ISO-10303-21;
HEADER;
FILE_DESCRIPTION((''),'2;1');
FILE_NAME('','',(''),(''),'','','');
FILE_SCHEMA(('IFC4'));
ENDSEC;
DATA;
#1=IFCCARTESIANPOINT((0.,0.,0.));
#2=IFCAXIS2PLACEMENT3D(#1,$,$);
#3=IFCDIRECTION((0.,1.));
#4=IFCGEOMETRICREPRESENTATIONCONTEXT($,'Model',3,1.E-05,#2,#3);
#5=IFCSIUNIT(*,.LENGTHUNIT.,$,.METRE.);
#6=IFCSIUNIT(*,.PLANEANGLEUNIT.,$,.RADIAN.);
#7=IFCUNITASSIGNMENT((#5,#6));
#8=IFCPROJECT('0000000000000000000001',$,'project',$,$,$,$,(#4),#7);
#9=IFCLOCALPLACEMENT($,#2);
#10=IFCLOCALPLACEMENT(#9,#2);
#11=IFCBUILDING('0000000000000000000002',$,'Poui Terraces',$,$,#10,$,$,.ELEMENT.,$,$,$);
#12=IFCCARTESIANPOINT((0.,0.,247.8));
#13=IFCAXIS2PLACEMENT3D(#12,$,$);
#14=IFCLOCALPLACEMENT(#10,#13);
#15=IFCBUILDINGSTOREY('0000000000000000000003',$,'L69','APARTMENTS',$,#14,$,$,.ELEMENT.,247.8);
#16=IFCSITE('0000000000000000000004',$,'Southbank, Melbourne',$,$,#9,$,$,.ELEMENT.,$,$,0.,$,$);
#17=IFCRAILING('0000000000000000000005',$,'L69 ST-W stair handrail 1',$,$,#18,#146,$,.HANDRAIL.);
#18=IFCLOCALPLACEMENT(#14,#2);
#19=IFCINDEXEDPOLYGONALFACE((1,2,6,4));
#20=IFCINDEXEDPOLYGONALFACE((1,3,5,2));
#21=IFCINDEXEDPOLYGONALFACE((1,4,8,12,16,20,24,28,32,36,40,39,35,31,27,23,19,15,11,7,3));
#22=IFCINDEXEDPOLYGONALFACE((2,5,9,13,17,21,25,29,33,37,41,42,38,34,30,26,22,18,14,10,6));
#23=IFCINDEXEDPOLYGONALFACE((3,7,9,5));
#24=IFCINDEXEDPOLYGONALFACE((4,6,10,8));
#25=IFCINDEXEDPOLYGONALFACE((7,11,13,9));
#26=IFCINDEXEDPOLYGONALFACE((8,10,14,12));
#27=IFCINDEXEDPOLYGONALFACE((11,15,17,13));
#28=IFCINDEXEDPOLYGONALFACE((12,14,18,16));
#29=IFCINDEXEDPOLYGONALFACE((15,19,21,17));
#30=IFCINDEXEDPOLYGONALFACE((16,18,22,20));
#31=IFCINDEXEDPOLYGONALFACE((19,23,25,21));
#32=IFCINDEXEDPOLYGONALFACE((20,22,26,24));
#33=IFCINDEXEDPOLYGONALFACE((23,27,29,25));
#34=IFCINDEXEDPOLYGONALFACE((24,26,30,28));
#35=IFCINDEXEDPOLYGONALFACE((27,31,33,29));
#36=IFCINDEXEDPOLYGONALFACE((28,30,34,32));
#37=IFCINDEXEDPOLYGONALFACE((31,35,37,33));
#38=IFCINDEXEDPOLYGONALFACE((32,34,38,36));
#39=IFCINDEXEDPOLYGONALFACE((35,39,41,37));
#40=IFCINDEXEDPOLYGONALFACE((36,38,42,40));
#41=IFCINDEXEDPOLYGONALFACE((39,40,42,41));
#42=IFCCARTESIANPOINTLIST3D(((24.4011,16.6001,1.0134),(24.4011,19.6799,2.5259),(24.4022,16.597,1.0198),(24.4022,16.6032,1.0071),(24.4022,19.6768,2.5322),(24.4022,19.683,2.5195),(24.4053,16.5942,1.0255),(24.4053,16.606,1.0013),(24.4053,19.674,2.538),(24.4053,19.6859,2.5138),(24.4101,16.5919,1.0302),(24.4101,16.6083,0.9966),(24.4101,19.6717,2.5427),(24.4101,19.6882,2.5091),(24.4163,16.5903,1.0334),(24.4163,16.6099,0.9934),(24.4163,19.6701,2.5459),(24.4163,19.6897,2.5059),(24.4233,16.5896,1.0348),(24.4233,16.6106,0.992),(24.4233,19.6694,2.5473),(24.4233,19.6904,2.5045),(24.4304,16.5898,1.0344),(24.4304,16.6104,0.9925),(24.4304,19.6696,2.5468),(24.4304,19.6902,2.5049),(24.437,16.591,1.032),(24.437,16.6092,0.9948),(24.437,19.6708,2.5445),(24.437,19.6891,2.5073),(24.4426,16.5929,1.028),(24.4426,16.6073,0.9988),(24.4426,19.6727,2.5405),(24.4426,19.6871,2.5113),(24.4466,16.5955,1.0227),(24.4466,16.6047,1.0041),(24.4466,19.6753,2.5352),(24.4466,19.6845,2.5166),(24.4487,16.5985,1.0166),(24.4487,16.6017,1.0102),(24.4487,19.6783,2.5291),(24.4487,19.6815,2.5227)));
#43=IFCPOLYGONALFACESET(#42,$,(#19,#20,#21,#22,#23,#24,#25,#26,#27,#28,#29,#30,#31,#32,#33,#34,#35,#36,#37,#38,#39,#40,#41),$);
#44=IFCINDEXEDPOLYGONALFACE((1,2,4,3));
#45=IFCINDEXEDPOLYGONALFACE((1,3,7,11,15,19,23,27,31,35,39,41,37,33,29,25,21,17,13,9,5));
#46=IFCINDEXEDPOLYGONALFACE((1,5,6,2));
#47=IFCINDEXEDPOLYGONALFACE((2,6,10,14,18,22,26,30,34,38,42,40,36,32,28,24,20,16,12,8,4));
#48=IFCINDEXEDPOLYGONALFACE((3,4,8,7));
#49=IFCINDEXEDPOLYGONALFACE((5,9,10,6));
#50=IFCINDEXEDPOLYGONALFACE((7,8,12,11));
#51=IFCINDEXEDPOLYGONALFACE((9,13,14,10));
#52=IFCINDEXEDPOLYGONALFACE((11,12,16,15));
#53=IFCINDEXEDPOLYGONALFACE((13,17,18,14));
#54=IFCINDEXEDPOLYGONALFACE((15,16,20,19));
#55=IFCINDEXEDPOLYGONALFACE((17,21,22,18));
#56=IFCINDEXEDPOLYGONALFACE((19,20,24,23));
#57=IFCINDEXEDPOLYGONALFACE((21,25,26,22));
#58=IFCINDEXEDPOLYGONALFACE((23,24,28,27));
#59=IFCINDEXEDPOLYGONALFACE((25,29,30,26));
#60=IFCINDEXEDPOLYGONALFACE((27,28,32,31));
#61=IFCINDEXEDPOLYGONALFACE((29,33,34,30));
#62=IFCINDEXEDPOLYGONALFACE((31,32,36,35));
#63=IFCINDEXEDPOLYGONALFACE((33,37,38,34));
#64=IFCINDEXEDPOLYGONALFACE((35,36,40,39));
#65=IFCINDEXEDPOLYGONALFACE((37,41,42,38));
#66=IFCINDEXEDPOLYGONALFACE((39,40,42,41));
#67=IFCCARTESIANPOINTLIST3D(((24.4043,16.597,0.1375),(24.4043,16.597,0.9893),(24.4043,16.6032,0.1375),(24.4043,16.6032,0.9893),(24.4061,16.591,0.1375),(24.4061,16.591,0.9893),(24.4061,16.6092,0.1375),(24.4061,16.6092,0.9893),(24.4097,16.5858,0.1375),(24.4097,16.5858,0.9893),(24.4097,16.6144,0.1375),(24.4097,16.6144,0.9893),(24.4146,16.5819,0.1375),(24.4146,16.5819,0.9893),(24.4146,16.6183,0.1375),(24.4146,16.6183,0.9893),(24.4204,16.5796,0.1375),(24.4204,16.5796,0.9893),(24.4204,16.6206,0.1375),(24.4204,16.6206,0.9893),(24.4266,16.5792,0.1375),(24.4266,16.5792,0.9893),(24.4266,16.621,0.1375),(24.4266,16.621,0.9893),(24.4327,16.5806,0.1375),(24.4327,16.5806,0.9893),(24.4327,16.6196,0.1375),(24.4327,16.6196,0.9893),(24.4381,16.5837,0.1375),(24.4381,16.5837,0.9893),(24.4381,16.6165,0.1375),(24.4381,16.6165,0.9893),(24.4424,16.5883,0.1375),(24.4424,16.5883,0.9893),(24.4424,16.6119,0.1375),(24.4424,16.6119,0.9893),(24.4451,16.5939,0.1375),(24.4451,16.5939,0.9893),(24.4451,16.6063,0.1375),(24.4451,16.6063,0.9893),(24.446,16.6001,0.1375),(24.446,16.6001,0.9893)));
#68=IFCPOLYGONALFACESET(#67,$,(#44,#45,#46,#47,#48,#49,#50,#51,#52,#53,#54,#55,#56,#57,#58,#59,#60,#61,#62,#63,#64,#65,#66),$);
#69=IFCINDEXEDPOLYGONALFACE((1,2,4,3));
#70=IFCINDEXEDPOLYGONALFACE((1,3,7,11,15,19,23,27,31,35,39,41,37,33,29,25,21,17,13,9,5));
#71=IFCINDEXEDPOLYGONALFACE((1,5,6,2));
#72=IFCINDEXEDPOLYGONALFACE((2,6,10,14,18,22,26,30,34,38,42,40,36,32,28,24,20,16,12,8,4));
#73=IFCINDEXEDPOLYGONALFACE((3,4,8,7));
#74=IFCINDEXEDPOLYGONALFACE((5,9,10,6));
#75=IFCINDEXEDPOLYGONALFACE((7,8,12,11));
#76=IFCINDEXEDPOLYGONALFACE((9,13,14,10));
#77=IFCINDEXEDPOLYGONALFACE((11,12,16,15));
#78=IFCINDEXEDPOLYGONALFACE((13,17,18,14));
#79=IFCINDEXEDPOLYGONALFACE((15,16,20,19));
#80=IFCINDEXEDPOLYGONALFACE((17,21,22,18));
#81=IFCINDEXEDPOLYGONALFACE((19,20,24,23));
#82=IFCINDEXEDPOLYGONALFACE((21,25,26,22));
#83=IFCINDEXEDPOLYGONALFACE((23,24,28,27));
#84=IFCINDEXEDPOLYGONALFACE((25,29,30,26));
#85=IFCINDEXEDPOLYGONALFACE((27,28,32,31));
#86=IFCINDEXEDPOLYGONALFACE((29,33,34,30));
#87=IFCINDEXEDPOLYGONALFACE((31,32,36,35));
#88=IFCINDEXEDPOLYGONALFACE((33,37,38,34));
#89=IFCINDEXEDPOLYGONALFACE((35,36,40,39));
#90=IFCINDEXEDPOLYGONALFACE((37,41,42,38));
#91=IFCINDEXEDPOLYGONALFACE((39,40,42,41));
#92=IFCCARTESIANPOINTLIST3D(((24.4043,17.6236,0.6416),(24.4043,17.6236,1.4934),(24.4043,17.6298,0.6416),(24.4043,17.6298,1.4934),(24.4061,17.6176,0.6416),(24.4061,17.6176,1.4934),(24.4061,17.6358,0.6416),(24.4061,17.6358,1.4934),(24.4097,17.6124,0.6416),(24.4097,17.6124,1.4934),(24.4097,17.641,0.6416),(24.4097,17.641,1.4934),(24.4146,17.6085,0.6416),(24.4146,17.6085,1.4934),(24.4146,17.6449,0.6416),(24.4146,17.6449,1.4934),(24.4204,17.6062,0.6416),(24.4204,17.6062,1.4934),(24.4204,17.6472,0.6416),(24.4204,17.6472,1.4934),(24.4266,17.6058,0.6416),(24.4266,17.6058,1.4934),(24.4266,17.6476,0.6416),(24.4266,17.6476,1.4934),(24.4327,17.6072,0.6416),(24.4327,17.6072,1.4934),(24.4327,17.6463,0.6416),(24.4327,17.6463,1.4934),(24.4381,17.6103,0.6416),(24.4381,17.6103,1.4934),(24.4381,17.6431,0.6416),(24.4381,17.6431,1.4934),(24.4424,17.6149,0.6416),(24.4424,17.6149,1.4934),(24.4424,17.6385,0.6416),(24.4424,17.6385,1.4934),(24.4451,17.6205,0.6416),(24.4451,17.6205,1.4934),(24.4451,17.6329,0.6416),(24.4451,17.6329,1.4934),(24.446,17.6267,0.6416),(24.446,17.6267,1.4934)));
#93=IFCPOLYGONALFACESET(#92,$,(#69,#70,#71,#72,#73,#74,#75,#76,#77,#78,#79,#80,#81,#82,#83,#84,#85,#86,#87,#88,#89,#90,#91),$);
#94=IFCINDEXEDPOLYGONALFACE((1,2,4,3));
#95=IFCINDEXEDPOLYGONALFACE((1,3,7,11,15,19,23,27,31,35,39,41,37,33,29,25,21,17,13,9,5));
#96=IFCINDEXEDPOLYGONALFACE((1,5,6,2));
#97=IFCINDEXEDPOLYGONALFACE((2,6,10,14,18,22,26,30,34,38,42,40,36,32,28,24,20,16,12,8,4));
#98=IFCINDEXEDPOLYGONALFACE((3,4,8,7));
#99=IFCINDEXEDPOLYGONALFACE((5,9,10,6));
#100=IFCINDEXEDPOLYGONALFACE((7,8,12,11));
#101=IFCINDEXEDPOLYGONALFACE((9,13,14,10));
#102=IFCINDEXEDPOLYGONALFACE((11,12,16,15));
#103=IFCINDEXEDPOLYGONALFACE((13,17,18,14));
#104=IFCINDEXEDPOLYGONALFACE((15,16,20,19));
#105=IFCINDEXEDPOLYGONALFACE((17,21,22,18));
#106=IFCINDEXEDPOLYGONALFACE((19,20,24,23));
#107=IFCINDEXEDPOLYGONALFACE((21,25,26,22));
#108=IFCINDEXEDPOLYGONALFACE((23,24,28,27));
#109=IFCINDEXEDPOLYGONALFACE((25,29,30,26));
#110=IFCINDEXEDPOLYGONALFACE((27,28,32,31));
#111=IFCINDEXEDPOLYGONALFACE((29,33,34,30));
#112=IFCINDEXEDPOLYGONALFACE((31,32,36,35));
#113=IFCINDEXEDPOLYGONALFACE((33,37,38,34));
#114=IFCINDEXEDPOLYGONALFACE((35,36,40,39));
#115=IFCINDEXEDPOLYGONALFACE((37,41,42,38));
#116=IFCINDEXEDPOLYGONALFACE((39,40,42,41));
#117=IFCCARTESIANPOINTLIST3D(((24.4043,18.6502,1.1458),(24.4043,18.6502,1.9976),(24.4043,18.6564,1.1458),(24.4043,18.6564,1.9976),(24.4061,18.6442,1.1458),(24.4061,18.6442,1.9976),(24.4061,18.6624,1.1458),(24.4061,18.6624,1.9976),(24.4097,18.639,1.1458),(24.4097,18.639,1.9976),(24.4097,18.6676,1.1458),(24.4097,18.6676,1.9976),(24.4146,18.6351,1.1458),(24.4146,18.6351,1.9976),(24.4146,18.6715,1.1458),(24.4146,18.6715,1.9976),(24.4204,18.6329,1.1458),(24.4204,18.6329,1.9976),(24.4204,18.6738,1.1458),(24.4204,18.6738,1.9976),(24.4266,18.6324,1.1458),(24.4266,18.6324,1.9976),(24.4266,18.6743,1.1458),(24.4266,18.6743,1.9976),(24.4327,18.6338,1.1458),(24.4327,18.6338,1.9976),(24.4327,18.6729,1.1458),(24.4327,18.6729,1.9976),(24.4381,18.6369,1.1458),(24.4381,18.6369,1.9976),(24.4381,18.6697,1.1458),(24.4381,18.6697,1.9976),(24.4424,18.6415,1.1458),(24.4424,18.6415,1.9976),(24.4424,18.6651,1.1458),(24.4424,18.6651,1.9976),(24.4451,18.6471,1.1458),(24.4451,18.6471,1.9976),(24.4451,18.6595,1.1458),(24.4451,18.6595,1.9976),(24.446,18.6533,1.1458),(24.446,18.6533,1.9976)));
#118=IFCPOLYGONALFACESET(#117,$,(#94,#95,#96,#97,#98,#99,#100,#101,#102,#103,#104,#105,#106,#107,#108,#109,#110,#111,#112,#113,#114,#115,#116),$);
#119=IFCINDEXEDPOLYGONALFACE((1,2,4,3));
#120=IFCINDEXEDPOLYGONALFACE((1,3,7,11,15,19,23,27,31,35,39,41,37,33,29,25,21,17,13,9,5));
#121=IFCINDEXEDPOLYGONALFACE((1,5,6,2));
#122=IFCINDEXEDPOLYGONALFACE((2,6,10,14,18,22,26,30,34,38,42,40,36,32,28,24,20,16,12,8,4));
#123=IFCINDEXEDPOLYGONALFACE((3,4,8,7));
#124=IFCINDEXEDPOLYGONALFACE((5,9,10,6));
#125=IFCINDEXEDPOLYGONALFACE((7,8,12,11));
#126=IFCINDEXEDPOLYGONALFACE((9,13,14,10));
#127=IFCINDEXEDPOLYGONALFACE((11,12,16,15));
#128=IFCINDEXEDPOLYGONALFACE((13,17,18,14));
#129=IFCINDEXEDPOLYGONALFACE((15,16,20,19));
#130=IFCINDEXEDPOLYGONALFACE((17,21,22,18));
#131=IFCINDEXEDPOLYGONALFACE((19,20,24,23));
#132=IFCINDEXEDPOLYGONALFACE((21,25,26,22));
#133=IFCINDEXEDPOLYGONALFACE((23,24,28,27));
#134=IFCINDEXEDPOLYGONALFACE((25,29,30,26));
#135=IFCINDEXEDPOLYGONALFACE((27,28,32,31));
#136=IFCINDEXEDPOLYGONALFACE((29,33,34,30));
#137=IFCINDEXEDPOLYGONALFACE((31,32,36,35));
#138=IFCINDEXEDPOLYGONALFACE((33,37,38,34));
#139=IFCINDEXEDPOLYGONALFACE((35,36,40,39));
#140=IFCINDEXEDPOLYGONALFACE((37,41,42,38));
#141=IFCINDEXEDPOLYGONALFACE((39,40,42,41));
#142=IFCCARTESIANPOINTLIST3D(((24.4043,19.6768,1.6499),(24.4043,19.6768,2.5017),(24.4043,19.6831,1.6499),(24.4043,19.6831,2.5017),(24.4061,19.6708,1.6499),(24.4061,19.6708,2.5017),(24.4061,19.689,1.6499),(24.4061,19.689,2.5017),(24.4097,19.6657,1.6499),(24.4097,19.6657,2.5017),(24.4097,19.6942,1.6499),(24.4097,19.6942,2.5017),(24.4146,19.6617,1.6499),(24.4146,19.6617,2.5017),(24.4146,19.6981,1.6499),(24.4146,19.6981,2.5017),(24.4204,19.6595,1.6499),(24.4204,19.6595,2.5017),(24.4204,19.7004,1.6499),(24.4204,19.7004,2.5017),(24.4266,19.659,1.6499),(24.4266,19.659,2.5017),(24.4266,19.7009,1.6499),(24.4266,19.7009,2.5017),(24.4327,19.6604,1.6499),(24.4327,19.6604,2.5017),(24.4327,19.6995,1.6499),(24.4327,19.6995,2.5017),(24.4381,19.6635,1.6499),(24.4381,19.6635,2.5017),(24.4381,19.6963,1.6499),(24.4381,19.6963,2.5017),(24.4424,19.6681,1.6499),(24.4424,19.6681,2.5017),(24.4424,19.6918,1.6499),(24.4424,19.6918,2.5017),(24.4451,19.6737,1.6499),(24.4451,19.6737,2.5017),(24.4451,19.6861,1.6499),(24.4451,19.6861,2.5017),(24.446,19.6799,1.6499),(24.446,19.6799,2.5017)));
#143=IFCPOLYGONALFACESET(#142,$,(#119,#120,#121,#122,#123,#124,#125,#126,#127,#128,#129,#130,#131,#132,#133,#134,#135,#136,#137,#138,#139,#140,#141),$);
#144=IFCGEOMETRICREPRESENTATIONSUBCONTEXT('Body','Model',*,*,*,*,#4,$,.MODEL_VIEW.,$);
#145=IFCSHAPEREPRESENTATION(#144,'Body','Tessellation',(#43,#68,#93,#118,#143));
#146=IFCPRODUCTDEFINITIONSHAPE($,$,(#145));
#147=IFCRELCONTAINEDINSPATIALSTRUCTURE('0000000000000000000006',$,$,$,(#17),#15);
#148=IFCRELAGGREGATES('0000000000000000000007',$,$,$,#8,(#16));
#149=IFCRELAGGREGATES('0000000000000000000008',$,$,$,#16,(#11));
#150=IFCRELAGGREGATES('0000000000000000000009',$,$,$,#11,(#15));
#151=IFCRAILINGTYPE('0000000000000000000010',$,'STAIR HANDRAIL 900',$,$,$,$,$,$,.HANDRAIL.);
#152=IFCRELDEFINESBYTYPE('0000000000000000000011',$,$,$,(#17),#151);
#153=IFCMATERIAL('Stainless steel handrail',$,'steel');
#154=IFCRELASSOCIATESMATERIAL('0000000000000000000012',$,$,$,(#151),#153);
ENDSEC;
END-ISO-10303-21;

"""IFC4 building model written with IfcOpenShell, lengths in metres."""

from ifc_helpers import new_model, si_unit, direction, frame, origin, origin_2d, place, context, subcontext, project, spatial, circle, extrude, material, type_object, element, save


model = new_model("IFC4")

# Units and contexts
model_context = context("Model", 3, precision=1e-05, world=origin(), true_north=direction((0.0, 1.0)))
body_context = subcontext(model_context, "Body", "Model", "MODEL_VIEW")
ifc_project = project(units=[si_unit("LENGTHUNIT", "METRE"), si_unit("PLANEANGLEUNIT", "RADIAN")], contexts=[model_context])

# Site, building, storey
site_placement = place(None, origin())
site = spatial("IfcSite", under=ifc_project, at=site_placement, Name="Southbank, Melbourne", CompositionType="ELEMENT", RefElevation=0.0)
building_placement = place(site_placement, origin())
building = spatial("IfcBuilding", under=site, at=building_placement, Name="Poui Terraces", CompositionType="ELEMENT")
storey_placement = place(building_placement, frame((0.0, 0.0, 247.8)))
storey = spatial("IfcBuildingStorey", under=building, at=storey_placement, Name="L69", Description="APARTMENTS", CompositionType="ELEMENT", Elevation=247.8)

# Railing
ifc_material_1 = material(Name="Stainless steel handrail", Category="steel")
railing_type_1 = type_object("IfcRailingType", Name="STAIR HANDRAIL 900", PredefinedType="HANDRAIL", material=ifc_material_1)
railing_1_placement = place(storey_placement, frame((24.425, 16.6001, 0.1375)))
element("IfcRailing", 1, at=railing_1_placement, inside=storey, type_object=railing_type_1, Name="L69 ST-W stair handrail 1", PredefinedType="HANDRAIL", context=body_context, shape_type="SweptSolid", body=[
    extrude(circle(Radius=0.0239, at=origin_2d()), frame((0.0, 0.0, 0.876), z_axis=(0.0, 0.897606, 0.440798), x_axis=(-1.0, 0.0, 0.0)), (0.0, 0.0, 1.0), 3.4312),
    extrude(circle(Radius=0.021, at=origin_2d()), origin(), (0.0, 0.0, 1.0), 0.8518),
    extrude(circle(Radius=0.021, at=origin_2d()), frame((0.0, 1.0266, 0.5042)), (0.0, 0.0, 1.0), 0.8518),
    extrude(circle(Radius=0.021, at=origin_2d()), frame((0.0, 2.0532, 1.0083)), (0.0, 0.0, 1.0), 0.8518),
    extrude(circle(Radius=0.021, at=origin_2d()), frame((0.0, 3.0798, 1.5125)), (0.0, 0.0, 1.0), 0.8518),
])

save(model, "model.ifc")
